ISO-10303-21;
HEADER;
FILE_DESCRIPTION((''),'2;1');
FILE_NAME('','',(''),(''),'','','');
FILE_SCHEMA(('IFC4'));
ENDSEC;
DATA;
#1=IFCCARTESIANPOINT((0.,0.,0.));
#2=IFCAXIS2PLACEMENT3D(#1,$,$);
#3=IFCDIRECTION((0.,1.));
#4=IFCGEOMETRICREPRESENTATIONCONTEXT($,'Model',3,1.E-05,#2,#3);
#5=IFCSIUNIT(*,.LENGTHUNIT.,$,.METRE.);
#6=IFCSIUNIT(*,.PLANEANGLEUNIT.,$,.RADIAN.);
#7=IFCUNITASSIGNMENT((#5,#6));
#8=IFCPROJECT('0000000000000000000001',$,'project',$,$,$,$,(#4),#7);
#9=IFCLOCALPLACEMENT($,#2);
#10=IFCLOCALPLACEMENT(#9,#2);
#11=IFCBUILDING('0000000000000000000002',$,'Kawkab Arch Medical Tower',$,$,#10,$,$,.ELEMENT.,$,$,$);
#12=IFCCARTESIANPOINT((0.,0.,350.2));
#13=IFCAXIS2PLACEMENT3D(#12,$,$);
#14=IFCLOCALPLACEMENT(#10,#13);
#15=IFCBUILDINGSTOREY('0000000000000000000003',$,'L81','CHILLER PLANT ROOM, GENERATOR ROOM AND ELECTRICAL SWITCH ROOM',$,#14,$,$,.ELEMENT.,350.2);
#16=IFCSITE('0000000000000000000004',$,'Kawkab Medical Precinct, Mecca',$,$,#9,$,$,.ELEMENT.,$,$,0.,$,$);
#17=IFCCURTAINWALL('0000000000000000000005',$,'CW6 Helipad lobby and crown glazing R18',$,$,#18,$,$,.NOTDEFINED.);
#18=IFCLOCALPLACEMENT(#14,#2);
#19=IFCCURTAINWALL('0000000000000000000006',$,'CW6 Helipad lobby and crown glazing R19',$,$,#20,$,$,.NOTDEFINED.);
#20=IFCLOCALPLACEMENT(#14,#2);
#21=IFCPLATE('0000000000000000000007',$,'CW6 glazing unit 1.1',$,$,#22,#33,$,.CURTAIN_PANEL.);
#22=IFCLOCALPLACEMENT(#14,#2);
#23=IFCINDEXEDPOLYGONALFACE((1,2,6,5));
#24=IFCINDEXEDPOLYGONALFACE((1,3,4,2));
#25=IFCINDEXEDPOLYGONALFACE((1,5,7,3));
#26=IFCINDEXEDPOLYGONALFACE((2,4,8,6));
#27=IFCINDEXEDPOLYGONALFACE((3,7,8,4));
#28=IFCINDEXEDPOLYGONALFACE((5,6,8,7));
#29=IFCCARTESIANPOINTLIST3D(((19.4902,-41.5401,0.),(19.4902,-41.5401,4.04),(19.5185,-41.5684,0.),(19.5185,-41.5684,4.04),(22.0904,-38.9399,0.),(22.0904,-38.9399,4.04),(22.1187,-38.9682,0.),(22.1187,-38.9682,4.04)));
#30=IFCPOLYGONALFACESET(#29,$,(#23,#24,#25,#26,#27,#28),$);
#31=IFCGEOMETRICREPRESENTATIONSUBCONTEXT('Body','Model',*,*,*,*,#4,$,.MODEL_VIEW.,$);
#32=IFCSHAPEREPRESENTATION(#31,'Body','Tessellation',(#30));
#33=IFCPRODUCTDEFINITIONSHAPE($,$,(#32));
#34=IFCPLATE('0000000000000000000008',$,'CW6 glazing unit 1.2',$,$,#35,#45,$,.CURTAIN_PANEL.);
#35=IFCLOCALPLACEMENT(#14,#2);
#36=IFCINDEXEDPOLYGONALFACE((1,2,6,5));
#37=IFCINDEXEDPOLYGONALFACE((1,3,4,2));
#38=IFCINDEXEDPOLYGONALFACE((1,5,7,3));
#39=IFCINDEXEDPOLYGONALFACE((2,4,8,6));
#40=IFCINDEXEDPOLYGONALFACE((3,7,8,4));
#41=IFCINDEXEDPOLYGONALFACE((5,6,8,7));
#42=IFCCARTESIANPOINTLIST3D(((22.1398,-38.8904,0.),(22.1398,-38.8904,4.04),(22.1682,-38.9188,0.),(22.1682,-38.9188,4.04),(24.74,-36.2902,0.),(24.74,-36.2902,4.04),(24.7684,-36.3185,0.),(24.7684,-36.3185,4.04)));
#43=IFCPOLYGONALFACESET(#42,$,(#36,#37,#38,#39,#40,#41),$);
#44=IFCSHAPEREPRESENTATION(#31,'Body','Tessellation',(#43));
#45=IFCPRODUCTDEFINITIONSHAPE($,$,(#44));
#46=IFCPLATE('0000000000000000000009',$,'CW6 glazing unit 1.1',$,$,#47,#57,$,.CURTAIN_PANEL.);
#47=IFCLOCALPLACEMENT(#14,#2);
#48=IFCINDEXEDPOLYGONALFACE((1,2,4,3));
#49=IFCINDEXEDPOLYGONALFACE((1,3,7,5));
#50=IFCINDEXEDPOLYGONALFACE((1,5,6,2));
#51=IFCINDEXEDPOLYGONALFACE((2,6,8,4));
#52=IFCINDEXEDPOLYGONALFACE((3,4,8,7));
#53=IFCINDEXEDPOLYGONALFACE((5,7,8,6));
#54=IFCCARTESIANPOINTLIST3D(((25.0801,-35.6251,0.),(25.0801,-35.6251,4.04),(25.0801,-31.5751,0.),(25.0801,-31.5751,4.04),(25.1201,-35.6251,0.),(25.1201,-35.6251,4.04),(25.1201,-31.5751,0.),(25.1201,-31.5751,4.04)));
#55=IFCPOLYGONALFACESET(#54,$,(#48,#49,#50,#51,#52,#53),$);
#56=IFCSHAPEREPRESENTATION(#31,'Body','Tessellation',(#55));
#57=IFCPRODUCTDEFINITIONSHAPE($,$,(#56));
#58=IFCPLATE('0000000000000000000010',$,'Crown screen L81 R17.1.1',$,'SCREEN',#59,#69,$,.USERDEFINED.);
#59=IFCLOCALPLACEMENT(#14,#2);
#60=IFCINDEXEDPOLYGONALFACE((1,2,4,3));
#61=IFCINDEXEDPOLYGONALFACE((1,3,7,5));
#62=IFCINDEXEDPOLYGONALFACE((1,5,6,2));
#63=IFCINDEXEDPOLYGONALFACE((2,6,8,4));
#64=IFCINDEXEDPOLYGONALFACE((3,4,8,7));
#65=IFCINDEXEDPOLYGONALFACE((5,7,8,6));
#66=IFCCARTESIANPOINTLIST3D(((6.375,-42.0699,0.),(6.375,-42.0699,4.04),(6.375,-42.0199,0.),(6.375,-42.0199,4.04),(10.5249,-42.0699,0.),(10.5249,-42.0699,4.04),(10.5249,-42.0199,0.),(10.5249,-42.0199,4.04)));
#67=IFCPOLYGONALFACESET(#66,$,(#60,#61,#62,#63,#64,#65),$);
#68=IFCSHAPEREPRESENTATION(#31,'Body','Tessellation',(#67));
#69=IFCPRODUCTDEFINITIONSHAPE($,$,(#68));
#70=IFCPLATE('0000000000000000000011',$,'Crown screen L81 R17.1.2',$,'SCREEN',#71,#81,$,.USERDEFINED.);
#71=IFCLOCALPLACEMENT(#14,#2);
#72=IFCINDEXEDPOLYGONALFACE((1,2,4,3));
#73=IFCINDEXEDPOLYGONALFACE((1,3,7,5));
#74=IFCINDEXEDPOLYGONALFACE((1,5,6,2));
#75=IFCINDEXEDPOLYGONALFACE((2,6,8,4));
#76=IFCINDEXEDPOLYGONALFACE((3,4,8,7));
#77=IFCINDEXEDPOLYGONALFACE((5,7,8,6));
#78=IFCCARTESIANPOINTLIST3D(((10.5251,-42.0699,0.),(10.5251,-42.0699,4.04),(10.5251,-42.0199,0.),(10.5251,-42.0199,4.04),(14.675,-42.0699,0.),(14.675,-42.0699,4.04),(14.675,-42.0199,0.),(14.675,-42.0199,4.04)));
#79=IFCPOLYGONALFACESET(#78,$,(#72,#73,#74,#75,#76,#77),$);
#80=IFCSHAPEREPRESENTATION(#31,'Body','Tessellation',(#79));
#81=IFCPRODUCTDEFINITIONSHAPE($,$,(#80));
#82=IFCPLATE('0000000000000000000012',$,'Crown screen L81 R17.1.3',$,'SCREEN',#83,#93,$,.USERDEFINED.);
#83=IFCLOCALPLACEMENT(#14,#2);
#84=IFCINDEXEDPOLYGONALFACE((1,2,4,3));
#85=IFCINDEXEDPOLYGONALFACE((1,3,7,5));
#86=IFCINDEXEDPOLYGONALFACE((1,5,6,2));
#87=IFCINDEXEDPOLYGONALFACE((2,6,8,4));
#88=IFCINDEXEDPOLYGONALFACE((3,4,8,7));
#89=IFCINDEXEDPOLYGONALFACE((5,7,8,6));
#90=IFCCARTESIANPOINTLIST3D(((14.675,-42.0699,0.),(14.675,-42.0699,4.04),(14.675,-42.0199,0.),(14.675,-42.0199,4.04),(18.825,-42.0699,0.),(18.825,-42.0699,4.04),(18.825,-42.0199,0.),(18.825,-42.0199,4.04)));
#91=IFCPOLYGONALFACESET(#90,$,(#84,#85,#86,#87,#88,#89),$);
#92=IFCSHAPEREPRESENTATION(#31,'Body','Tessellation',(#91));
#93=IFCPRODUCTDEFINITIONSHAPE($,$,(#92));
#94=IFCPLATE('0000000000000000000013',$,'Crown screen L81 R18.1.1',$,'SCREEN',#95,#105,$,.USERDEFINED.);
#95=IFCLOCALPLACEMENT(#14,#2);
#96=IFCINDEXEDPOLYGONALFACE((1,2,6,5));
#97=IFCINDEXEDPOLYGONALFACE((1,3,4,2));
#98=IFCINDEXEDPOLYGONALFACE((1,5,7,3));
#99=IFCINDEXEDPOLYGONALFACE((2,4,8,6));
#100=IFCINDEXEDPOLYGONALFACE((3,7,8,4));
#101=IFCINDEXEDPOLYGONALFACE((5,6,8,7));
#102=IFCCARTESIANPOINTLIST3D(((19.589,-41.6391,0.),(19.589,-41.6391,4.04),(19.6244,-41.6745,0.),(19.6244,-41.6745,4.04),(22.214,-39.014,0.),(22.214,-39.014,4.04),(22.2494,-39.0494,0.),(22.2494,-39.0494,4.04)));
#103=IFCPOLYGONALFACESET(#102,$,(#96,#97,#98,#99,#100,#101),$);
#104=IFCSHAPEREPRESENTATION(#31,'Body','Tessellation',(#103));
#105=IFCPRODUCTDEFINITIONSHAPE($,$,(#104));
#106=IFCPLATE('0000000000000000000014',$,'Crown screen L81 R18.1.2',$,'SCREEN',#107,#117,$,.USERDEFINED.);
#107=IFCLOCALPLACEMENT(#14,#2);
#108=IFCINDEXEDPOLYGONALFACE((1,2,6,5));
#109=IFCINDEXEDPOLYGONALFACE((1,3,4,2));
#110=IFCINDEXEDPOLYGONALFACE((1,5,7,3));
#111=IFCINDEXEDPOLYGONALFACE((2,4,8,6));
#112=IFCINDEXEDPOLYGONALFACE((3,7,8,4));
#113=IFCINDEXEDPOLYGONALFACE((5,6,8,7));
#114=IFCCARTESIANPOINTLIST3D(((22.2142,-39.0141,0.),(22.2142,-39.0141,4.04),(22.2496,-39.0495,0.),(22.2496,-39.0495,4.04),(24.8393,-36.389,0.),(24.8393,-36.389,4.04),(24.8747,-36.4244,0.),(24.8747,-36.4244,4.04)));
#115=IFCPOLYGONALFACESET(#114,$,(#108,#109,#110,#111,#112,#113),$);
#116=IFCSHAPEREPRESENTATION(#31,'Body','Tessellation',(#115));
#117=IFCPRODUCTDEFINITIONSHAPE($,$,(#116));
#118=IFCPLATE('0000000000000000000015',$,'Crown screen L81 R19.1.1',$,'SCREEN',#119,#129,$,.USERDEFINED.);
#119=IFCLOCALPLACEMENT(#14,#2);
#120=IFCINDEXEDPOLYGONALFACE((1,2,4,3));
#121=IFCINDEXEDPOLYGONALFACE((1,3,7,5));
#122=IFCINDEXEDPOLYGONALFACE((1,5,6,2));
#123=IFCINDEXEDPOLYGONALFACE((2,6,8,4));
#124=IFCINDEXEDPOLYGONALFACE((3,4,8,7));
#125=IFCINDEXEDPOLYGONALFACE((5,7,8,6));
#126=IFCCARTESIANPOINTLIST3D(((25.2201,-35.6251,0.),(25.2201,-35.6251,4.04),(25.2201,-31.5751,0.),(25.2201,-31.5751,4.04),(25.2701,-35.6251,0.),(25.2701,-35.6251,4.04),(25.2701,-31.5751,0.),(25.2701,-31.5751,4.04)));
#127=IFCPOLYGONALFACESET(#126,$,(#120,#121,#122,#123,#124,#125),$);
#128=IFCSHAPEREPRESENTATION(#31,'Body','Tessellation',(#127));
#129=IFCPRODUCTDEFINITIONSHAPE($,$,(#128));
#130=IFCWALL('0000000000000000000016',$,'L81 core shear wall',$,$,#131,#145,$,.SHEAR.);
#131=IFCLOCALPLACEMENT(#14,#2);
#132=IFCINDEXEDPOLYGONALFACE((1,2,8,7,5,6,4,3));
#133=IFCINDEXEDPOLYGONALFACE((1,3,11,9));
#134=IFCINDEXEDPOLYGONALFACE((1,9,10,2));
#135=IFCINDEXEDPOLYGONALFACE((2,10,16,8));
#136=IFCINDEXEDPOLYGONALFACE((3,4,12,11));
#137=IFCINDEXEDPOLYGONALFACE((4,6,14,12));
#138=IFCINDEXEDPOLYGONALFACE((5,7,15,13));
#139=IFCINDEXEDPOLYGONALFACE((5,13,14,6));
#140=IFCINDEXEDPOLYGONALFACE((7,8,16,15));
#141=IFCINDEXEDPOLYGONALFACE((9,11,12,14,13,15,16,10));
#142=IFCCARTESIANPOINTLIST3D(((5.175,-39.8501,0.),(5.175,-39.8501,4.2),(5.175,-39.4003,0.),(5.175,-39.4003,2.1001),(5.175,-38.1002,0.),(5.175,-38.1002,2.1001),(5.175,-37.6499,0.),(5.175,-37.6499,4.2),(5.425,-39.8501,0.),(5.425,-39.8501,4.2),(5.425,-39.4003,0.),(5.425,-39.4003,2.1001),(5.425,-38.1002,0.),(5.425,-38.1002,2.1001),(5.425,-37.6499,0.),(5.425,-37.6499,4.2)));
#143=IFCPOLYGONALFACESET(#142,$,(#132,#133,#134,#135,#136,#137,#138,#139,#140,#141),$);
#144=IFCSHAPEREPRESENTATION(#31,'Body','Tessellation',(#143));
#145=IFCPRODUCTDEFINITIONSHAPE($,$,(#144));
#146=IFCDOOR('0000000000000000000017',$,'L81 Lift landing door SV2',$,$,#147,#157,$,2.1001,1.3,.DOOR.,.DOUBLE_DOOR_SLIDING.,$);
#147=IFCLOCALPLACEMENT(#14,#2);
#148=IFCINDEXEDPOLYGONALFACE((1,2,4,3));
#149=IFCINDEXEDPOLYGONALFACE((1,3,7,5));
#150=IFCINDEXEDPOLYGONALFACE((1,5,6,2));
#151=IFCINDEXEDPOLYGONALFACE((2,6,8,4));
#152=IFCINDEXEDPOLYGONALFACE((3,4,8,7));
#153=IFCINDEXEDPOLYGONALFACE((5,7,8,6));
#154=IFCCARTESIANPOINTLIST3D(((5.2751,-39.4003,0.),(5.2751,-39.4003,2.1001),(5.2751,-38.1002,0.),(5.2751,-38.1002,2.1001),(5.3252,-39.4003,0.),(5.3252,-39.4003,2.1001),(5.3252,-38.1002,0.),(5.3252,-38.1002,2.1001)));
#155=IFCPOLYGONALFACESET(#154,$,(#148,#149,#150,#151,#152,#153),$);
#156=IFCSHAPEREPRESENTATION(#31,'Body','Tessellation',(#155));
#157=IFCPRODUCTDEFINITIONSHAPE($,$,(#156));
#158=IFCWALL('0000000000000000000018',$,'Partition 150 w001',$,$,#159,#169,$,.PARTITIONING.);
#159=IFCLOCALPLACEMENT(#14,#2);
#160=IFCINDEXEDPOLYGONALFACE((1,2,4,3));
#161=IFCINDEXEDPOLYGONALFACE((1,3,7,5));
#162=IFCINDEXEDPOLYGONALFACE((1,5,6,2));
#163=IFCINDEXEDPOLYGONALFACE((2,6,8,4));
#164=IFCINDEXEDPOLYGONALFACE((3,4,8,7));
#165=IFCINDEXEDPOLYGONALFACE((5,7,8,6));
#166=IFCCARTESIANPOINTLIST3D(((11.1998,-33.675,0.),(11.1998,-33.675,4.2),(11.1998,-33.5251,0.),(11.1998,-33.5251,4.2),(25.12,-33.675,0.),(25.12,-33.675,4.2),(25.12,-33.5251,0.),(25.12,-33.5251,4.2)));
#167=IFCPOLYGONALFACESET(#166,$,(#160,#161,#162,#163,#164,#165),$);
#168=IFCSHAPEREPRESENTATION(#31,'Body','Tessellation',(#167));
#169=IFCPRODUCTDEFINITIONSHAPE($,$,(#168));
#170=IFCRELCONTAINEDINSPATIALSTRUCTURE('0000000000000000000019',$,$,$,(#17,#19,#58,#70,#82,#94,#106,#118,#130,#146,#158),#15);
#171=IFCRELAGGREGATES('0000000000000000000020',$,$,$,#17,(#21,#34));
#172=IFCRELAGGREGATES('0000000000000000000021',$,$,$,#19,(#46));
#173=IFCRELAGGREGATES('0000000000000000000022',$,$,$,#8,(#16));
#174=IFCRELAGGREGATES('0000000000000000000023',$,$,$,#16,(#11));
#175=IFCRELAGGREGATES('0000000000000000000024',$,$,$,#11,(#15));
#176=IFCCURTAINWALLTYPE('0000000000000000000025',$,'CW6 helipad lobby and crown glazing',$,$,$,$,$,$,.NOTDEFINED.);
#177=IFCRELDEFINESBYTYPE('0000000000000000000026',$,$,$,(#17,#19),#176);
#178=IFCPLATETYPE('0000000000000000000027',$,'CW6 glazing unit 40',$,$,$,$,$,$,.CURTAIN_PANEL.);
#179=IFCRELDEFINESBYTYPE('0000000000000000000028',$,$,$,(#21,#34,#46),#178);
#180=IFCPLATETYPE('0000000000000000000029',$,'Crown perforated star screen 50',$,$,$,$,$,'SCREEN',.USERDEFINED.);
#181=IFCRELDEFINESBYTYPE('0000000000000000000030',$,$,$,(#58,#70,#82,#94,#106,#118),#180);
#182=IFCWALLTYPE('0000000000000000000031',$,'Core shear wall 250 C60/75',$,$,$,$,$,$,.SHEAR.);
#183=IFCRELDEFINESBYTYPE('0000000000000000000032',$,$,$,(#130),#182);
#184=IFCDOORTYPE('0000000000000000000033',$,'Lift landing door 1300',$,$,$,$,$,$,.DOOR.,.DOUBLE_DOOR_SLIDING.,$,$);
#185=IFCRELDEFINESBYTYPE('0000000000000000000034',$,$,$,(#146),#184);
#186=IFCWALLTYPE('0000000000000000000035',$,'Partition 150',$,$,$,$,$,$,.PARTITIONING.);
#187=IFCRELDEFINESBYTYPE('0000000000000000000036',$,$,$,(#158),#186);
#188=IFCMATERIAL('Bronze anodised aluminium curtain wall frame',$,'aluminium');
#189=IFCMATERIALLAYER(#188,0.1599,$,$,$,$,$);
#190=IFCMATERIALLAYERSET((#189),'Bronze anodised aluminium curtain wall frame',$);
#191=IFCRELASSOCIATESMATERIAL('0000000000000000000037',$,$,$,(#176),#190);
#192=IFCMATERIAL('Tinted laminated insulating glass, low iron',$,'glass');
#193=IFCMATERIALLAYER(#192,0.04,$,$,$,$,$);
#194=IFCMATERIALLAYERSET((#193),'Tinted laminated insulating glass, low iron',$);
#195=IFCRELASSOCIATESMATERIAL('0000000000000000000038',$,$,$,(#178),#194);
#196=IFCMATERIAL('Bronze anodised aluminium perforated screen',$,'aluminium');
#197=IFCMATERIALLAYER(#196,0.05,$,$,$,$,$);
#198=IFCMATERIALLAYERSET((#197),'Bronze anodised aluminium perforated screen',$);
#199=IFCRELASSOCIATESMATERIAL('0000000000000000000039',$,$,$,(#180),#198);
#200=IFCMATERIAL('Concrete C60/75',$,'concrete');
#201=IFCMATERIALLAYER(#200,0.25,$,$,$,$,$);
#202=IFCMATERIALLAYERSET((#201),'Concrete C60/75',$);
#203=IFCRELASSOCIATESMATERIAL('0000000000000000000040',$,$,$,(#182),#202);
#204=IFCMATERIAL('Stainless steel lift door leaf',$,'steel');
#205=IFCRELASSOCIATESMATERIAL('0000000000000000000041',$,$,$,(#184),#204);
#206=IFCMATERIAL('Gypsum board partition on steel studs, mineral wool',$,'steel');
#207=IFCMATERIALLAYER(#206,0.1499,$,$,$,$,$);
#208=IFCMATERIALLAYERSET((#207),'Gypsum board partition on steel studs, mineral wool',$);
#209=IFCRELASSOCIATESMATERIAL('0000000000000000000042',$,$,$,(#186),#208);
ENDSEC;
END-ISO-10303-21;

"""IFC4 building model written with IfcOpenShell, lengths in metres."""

from ifc_helpers import new_model, si_unit, direction, frame, frame_2d, origin, origin_2d, place, context, subcontext, project, spatial, rectangle, extrude, material, layer, layer_set, type_object, element, fill, aggregate, save


model = new_model("IFC4")

# Units and contexts
model_context = context("Model", 3, precision=1e-05, world=origin(), true_north=direction((0.0, 1.0)))
body_context = subcontext(model_context, "Body", "Model", "MODEL_VIEW")
ifc_project = project(units=[si_unit("LENGTHUNIT", "METRE"), si_unit("PLANEANGLEUNIT", "RADIAN")], contexts=[model_context])

# Site, building, storey
site_placement = place(None, origin())
site = spatial("IfcSite", under=ifc_project, at=site_placement, Name="Kawkab Medical Precinct, Mecca", CompositionType="ELEMENT", RefElevation=0.0)
building_placement = place(site_placement, origin())
building = spatial("IfcBuilding", under=site, at=building_placement, Name="Kawkab Arch Medical Tower", CompositionType="ELEMENT")
storey_placement = place(building_placement, frame((0.0, 0.0, 350.2)))
storey = spatial("IfcBuildingStorey", under=building, at=storey_placement, Name="L81", Description="CHILLER PLANT ROOM, GENERATOR ROOM AND ELECTRICAL SWITCH ROOM", CompositionType="ELEMENT", Elevation=350.2)

# Shared definitions
ifc_material_1 = material(Name="Bronze anodised aluminium curtain wall frame", Category="aluminium")
ifc_layer_1 = layer(ifc_material_1, 0.1599)
ifc_layer_set_1 = layer_set([ifc_layer_1], Name="Bronze anodised aluminium curtain wall frame")
curtain_wall_type = type_object("IfcCurtainWallType", Name="CW6 helipad lobby and crown glazing", PredefinedType="NOTDEFINED", material=ifc_layer_set_1)
placement = place(storey_placement, origin())

# Curtain wall
curtain_wall_1 = element("IfcCurtainWall", 1, at=placement, inside=storey, type_object=curtain_wall_type, Name="CW6 Helipad lobby and crown glazing R18", PredefinedType="NOTDEFINED")

# Curtain wall
curtain_wall_2 = element("IfcCurtainWall", 2, at=placement, inside=storey, type_object=curtain_wall_type, Name="CW6 Helipad lobby and crown glazing R19", PredefinedType="NOTDEFINED")

# Plates
ifc_material_2 = material(Name="Tinted laminated insulating glass, low iron", Category="glass")
ifc_layer_2 = layer(ifc_material_2, 0.04)
ifc_layer_set_2 = layer_set([ifc_layer_2], Name="Tinted laminated insulating glass, low iron")
plate_type_1 = type_object("IfcPlateType", Name="CW6 glazing unit 40", PredefinedType="CURTAIN_PANEL", material=ifc_layer_set_2)
plate_1_placement = place(storey_placement, frame((20.8044, -40.2542, 0.0), z_axis=(0.0, 0.0, 1.0), x_axis=(0.707107, 0.707107, 0.0)))
plate_1 = element("IfcPlate", 3, at=plate_1_placement, type_object=plate_type_1, Name="CW6 glazing unit 1.1", PredefinedType="CURTAIN_PANEL", context=body_context, shape_type="SweptSolid", body=[
    extrude(rectangle(XDim=3.6772, YDim=0.04, at=origin_2d()), origin(), (0.0, 0.0, 1.0), 4.04),
])
plate_2_placement = place(storey_placement, frame((23.4541, -37.6045, 0.0), z_axis=(0.0, 0.0, 1.0), x_axis=(0.707107, 0.707107, 0.0)))
plate_2 = element("IfcPlate", 4, at=plate_2_placement, type_object=plate_type_1, Name="CW6 glazing unit 1.2", PredefinedType="CURTAIN_PANEL", context=body_context, shape_type="SweptSolid", body=[
    extrude(rectangle(XDim=3.6772, YDim=0.04, at=origin_2d()), origin(), (0.0, 0.0, 1.0), 4.04),
])
aggregate(curtain_wall_1, [plate_1, plate_2])
plate_3_placement = place(storey_placement, frame((25.1001, -33.6001, 0.0), z_axis=(0.0, 0.0, 1.0), x_axis=(0.0, 1.0, 0.0)))
plate_3 = element("IfcPlate", 5, at=plate_3_placement, type_object=plate_type_1, Name="CW6 glazing unit 1.1", PredefinedType="CURTAIN_PANEL", context=body_context, shape_type="SweptSolid", body=[
    extrude(rectangle(XDim=4.05, YDim=0.04, at=origin_2d()), origin(), (0.0, 0.0, 1.0), 4.04),
])
aggregate(curtain_wall_2, [plate_3])

# Plates
ifc_material_3 = material(Name="Bronze anodised aluminium perforated screen", Category="aluminium")
ifc_layer_3 = layer(ifc_material_3, 0.05)
ifc_layer_set_3 = layer_set([ifc_layer_3], Name="Bronze anodised aluminium perforated screen")
plate_type_2 = type_object("IfcPlateType", Name="Crown perforated star screen 50", ElementType="SCREEN", PredefinedType="USERDEFINED", material=ifc_layer_set_3)
for number, where, z_axis, x_axis, name in (
    (6, (8.45, -42.0449, 0.0), (0.0, 0.0, 1.0), (1.0, 0.0, 0.0), "Crown screen L81 R17.1.1"),
    (7, (12.6001, -42.0449, 0.0), (0.0, 0.0, 1.0), (1.0, 0.0, 0.0), "Crown screen L81 R17.1.2"),
    (8, (16.75, -42.0449, 0.0), (0.0, 0.0, 1.0), (1.0, 0.0, 0.0), "Crown screen L81 R17.1.3"),
):
    element("IfcPlate", number, at=place(storey_placement, frame(where, z_axis=z_axis, x_axis=x_axis)), inside=storey, type_object=plate_type_2, Name=name, ObjectType="SCREEN", PredefinedType="USERDEFINED", context=body_context, shape_type="SweptSolid", body=[
        extrude(rectangle(XDim=4.1499, YDim=0.05, at=origin_2d()), origin(), (0.0, 0.0, 1.0), 4.04),
    ])
for number, where, z_axis, x_axis, name in (
    (9, (20.9192, -40.3442, 0.0), (0.0, 0.0, 1.0), (0.707107, 0.707107, 0.0), "Crown screen L81 R18.1.1"),
    (10, (23.5444, -37.7192, 0.0), (0.0, 0.0, 1.0), (0.707107, 0.707107, 0.0), "Crown screen L81 R18.1.2"),
):
    element("IfcPlate", number, at=place(storey_placement, frame(where, z_axis=z_axis, x_axis=x_axis)), inside=storey, type_object=plate_type_2, Name=name, ObjectType="SCREEN", PredefinedType="USERDEFINED", context=body_context, shape_type="SweptSolid", body=[
        extrude(rectangle(XDim=3.7124, YDim=0.05, at=origin_2d()), origin(), (0.0, 0.0, 1.0), 4.04),
    ])
plate_4_placement = place(storey_placement, frame((25.2451, -33.6001, 0.0), z_axis=(0.0, 0.0, 1.0), x_axis=(0.0, 1.0, 0.0)))
element("IfcPlate", 11, at=plate_4_placement, inside=storey, type_object=plate_type_2, Name="Crown screen L81 R19.1.1", ObjectType="SCREEN", PredefinedType="USERDEFINED", context=body_context, shape_type="SweptSolid", body=[
    extrude(rectangle(XDim=4.05, YDim=0.05, at=origin_2d()), origin(), (0.0, 0.0, 1.0), 4.04),
])

# Wall, opening, door
ifc_material_4 = material(Name="Concrete C60/75", Category="concrete")
ifc_layer_4 = layer(ifc_material_4, 0.25)
ifc_layer_set_4 = layer_set([ifc_layer_4], Name="Concrete C60/75")
wall_type_1 = type_object("IfcWallType", Name="Core shear wall 250 C60/75", PredefinedType="SHEAR", material=ifc_layer_set_4)
wall_1_placement = place(storey_placement, frame((5.3, -39.8501, 0.0), z_axis=(0.0, 0.0, 1.0), x_axis=(0.0, 1.0, 0.0)))
wall_1 = element("IfcWall", 12, at=wall_1_placement, inside=storey, type_object=wall_type_1, Name="L81 core shear wall", PredefinedType="SHEAR", context=body_context, shape_type="SweptSolid", body=[
    extrude(rectangle(XDim=2.2002, YDim=0.25, at=frame_2d((1.1001, 0.0))), origin(), (0.0, 0.0, 1.0), 4.2),
])
opening_1_placement = place(wall_1_placement, frame((0.45, 0.0, 0.0)))
opening_1 = element("IfcOpeningElement", 13, at=opening_1_placement, cuts=wall_1, PredefinedType="OPENING", context=body_context, shape_type="SweptSolid", body=[
    extrude(rectangle(XDim=1.3, YDim=2.1001, at=frame_2d((0.6499, 1.05))), frame((0.0, 0.135, 0.0), z_axis=(0.0, -1.0, 0.0), x_axis=(1.0, 0.0, 0.0)), (0.0, 0.0, 1.0), 0.27),
])
ifc_material_5 = material(Name="Stainless steel lift door leaf", Category="steel")
door_type_1 = type_object("IfcDoorType", Name="Lift landing door 1300", OperationType="DOUBLE_DOOR_SLIDING", PredefinedType="DOOR", material=ifc_material_5)
door_1_placement = place(opening_1_placement, origin())
door_1 = element("IfcDoor", 14, at=door_1_placement, inside=storey, type_object=door_type_1, Name="L81 Lift landing door SV2", OperationType="DOUBLE_DOOR_SLIDING", OverallHeight=2.1001, OverallWidth=1.3, PredefinedType="DOOR", context=body_context, shape_type="SweptSolid", body=[
    extrude(rectangle(XDim=1.3, YDim=2.1001, at=frame_2d((0.6499, 1.05))), frame((0.0, 0.0249, 0.0), z_axis=(0.0, -1.0, 0.0), x_axis=(1.0, 0.0, 0.0)), (0.0, 0.0, 1.0), 0.05),
])
fill(opening_1, door_1)

# Wall
ifc_material_6 = material(Name="Gypsum board partition on steel studs, mineral wool", Category="steel")
ifc_layer_5 = layer(ifc_material_6, 0.1499)
ifc_layer_set_5 = layer_set([ifc_layer_5], Name="Gypsum board partition on steel studs, mineral wool")
wall_type_2 = type_object("IfcWallType", Name="Partition 150", PredefinedType="PARTITIONING", material=ifc_layer_set_5)
wall_2_placement = place(storey_placement, frame((11.2, -33.6001, 0.0), z_axis=(0.0, 0.0, 1.0), x_axis=(1.0, 0.0, 0.0)))
element("IfcWall", 15, at=wall_2_placement, inside=storey, type_object=wall_type_2, Name="Partition 150 w001", PredefinedType="PARTITIONING", context=body_context, shape_type="SweptSolid", body=[
    extrude(rectangle(XDim=13.9202, YDim=0.1499, at=frame_2d((6.96, 0.0))), origin(), (0.0, 0.0, 1.0), 4.2),
])

save(model, "model.ifc")
